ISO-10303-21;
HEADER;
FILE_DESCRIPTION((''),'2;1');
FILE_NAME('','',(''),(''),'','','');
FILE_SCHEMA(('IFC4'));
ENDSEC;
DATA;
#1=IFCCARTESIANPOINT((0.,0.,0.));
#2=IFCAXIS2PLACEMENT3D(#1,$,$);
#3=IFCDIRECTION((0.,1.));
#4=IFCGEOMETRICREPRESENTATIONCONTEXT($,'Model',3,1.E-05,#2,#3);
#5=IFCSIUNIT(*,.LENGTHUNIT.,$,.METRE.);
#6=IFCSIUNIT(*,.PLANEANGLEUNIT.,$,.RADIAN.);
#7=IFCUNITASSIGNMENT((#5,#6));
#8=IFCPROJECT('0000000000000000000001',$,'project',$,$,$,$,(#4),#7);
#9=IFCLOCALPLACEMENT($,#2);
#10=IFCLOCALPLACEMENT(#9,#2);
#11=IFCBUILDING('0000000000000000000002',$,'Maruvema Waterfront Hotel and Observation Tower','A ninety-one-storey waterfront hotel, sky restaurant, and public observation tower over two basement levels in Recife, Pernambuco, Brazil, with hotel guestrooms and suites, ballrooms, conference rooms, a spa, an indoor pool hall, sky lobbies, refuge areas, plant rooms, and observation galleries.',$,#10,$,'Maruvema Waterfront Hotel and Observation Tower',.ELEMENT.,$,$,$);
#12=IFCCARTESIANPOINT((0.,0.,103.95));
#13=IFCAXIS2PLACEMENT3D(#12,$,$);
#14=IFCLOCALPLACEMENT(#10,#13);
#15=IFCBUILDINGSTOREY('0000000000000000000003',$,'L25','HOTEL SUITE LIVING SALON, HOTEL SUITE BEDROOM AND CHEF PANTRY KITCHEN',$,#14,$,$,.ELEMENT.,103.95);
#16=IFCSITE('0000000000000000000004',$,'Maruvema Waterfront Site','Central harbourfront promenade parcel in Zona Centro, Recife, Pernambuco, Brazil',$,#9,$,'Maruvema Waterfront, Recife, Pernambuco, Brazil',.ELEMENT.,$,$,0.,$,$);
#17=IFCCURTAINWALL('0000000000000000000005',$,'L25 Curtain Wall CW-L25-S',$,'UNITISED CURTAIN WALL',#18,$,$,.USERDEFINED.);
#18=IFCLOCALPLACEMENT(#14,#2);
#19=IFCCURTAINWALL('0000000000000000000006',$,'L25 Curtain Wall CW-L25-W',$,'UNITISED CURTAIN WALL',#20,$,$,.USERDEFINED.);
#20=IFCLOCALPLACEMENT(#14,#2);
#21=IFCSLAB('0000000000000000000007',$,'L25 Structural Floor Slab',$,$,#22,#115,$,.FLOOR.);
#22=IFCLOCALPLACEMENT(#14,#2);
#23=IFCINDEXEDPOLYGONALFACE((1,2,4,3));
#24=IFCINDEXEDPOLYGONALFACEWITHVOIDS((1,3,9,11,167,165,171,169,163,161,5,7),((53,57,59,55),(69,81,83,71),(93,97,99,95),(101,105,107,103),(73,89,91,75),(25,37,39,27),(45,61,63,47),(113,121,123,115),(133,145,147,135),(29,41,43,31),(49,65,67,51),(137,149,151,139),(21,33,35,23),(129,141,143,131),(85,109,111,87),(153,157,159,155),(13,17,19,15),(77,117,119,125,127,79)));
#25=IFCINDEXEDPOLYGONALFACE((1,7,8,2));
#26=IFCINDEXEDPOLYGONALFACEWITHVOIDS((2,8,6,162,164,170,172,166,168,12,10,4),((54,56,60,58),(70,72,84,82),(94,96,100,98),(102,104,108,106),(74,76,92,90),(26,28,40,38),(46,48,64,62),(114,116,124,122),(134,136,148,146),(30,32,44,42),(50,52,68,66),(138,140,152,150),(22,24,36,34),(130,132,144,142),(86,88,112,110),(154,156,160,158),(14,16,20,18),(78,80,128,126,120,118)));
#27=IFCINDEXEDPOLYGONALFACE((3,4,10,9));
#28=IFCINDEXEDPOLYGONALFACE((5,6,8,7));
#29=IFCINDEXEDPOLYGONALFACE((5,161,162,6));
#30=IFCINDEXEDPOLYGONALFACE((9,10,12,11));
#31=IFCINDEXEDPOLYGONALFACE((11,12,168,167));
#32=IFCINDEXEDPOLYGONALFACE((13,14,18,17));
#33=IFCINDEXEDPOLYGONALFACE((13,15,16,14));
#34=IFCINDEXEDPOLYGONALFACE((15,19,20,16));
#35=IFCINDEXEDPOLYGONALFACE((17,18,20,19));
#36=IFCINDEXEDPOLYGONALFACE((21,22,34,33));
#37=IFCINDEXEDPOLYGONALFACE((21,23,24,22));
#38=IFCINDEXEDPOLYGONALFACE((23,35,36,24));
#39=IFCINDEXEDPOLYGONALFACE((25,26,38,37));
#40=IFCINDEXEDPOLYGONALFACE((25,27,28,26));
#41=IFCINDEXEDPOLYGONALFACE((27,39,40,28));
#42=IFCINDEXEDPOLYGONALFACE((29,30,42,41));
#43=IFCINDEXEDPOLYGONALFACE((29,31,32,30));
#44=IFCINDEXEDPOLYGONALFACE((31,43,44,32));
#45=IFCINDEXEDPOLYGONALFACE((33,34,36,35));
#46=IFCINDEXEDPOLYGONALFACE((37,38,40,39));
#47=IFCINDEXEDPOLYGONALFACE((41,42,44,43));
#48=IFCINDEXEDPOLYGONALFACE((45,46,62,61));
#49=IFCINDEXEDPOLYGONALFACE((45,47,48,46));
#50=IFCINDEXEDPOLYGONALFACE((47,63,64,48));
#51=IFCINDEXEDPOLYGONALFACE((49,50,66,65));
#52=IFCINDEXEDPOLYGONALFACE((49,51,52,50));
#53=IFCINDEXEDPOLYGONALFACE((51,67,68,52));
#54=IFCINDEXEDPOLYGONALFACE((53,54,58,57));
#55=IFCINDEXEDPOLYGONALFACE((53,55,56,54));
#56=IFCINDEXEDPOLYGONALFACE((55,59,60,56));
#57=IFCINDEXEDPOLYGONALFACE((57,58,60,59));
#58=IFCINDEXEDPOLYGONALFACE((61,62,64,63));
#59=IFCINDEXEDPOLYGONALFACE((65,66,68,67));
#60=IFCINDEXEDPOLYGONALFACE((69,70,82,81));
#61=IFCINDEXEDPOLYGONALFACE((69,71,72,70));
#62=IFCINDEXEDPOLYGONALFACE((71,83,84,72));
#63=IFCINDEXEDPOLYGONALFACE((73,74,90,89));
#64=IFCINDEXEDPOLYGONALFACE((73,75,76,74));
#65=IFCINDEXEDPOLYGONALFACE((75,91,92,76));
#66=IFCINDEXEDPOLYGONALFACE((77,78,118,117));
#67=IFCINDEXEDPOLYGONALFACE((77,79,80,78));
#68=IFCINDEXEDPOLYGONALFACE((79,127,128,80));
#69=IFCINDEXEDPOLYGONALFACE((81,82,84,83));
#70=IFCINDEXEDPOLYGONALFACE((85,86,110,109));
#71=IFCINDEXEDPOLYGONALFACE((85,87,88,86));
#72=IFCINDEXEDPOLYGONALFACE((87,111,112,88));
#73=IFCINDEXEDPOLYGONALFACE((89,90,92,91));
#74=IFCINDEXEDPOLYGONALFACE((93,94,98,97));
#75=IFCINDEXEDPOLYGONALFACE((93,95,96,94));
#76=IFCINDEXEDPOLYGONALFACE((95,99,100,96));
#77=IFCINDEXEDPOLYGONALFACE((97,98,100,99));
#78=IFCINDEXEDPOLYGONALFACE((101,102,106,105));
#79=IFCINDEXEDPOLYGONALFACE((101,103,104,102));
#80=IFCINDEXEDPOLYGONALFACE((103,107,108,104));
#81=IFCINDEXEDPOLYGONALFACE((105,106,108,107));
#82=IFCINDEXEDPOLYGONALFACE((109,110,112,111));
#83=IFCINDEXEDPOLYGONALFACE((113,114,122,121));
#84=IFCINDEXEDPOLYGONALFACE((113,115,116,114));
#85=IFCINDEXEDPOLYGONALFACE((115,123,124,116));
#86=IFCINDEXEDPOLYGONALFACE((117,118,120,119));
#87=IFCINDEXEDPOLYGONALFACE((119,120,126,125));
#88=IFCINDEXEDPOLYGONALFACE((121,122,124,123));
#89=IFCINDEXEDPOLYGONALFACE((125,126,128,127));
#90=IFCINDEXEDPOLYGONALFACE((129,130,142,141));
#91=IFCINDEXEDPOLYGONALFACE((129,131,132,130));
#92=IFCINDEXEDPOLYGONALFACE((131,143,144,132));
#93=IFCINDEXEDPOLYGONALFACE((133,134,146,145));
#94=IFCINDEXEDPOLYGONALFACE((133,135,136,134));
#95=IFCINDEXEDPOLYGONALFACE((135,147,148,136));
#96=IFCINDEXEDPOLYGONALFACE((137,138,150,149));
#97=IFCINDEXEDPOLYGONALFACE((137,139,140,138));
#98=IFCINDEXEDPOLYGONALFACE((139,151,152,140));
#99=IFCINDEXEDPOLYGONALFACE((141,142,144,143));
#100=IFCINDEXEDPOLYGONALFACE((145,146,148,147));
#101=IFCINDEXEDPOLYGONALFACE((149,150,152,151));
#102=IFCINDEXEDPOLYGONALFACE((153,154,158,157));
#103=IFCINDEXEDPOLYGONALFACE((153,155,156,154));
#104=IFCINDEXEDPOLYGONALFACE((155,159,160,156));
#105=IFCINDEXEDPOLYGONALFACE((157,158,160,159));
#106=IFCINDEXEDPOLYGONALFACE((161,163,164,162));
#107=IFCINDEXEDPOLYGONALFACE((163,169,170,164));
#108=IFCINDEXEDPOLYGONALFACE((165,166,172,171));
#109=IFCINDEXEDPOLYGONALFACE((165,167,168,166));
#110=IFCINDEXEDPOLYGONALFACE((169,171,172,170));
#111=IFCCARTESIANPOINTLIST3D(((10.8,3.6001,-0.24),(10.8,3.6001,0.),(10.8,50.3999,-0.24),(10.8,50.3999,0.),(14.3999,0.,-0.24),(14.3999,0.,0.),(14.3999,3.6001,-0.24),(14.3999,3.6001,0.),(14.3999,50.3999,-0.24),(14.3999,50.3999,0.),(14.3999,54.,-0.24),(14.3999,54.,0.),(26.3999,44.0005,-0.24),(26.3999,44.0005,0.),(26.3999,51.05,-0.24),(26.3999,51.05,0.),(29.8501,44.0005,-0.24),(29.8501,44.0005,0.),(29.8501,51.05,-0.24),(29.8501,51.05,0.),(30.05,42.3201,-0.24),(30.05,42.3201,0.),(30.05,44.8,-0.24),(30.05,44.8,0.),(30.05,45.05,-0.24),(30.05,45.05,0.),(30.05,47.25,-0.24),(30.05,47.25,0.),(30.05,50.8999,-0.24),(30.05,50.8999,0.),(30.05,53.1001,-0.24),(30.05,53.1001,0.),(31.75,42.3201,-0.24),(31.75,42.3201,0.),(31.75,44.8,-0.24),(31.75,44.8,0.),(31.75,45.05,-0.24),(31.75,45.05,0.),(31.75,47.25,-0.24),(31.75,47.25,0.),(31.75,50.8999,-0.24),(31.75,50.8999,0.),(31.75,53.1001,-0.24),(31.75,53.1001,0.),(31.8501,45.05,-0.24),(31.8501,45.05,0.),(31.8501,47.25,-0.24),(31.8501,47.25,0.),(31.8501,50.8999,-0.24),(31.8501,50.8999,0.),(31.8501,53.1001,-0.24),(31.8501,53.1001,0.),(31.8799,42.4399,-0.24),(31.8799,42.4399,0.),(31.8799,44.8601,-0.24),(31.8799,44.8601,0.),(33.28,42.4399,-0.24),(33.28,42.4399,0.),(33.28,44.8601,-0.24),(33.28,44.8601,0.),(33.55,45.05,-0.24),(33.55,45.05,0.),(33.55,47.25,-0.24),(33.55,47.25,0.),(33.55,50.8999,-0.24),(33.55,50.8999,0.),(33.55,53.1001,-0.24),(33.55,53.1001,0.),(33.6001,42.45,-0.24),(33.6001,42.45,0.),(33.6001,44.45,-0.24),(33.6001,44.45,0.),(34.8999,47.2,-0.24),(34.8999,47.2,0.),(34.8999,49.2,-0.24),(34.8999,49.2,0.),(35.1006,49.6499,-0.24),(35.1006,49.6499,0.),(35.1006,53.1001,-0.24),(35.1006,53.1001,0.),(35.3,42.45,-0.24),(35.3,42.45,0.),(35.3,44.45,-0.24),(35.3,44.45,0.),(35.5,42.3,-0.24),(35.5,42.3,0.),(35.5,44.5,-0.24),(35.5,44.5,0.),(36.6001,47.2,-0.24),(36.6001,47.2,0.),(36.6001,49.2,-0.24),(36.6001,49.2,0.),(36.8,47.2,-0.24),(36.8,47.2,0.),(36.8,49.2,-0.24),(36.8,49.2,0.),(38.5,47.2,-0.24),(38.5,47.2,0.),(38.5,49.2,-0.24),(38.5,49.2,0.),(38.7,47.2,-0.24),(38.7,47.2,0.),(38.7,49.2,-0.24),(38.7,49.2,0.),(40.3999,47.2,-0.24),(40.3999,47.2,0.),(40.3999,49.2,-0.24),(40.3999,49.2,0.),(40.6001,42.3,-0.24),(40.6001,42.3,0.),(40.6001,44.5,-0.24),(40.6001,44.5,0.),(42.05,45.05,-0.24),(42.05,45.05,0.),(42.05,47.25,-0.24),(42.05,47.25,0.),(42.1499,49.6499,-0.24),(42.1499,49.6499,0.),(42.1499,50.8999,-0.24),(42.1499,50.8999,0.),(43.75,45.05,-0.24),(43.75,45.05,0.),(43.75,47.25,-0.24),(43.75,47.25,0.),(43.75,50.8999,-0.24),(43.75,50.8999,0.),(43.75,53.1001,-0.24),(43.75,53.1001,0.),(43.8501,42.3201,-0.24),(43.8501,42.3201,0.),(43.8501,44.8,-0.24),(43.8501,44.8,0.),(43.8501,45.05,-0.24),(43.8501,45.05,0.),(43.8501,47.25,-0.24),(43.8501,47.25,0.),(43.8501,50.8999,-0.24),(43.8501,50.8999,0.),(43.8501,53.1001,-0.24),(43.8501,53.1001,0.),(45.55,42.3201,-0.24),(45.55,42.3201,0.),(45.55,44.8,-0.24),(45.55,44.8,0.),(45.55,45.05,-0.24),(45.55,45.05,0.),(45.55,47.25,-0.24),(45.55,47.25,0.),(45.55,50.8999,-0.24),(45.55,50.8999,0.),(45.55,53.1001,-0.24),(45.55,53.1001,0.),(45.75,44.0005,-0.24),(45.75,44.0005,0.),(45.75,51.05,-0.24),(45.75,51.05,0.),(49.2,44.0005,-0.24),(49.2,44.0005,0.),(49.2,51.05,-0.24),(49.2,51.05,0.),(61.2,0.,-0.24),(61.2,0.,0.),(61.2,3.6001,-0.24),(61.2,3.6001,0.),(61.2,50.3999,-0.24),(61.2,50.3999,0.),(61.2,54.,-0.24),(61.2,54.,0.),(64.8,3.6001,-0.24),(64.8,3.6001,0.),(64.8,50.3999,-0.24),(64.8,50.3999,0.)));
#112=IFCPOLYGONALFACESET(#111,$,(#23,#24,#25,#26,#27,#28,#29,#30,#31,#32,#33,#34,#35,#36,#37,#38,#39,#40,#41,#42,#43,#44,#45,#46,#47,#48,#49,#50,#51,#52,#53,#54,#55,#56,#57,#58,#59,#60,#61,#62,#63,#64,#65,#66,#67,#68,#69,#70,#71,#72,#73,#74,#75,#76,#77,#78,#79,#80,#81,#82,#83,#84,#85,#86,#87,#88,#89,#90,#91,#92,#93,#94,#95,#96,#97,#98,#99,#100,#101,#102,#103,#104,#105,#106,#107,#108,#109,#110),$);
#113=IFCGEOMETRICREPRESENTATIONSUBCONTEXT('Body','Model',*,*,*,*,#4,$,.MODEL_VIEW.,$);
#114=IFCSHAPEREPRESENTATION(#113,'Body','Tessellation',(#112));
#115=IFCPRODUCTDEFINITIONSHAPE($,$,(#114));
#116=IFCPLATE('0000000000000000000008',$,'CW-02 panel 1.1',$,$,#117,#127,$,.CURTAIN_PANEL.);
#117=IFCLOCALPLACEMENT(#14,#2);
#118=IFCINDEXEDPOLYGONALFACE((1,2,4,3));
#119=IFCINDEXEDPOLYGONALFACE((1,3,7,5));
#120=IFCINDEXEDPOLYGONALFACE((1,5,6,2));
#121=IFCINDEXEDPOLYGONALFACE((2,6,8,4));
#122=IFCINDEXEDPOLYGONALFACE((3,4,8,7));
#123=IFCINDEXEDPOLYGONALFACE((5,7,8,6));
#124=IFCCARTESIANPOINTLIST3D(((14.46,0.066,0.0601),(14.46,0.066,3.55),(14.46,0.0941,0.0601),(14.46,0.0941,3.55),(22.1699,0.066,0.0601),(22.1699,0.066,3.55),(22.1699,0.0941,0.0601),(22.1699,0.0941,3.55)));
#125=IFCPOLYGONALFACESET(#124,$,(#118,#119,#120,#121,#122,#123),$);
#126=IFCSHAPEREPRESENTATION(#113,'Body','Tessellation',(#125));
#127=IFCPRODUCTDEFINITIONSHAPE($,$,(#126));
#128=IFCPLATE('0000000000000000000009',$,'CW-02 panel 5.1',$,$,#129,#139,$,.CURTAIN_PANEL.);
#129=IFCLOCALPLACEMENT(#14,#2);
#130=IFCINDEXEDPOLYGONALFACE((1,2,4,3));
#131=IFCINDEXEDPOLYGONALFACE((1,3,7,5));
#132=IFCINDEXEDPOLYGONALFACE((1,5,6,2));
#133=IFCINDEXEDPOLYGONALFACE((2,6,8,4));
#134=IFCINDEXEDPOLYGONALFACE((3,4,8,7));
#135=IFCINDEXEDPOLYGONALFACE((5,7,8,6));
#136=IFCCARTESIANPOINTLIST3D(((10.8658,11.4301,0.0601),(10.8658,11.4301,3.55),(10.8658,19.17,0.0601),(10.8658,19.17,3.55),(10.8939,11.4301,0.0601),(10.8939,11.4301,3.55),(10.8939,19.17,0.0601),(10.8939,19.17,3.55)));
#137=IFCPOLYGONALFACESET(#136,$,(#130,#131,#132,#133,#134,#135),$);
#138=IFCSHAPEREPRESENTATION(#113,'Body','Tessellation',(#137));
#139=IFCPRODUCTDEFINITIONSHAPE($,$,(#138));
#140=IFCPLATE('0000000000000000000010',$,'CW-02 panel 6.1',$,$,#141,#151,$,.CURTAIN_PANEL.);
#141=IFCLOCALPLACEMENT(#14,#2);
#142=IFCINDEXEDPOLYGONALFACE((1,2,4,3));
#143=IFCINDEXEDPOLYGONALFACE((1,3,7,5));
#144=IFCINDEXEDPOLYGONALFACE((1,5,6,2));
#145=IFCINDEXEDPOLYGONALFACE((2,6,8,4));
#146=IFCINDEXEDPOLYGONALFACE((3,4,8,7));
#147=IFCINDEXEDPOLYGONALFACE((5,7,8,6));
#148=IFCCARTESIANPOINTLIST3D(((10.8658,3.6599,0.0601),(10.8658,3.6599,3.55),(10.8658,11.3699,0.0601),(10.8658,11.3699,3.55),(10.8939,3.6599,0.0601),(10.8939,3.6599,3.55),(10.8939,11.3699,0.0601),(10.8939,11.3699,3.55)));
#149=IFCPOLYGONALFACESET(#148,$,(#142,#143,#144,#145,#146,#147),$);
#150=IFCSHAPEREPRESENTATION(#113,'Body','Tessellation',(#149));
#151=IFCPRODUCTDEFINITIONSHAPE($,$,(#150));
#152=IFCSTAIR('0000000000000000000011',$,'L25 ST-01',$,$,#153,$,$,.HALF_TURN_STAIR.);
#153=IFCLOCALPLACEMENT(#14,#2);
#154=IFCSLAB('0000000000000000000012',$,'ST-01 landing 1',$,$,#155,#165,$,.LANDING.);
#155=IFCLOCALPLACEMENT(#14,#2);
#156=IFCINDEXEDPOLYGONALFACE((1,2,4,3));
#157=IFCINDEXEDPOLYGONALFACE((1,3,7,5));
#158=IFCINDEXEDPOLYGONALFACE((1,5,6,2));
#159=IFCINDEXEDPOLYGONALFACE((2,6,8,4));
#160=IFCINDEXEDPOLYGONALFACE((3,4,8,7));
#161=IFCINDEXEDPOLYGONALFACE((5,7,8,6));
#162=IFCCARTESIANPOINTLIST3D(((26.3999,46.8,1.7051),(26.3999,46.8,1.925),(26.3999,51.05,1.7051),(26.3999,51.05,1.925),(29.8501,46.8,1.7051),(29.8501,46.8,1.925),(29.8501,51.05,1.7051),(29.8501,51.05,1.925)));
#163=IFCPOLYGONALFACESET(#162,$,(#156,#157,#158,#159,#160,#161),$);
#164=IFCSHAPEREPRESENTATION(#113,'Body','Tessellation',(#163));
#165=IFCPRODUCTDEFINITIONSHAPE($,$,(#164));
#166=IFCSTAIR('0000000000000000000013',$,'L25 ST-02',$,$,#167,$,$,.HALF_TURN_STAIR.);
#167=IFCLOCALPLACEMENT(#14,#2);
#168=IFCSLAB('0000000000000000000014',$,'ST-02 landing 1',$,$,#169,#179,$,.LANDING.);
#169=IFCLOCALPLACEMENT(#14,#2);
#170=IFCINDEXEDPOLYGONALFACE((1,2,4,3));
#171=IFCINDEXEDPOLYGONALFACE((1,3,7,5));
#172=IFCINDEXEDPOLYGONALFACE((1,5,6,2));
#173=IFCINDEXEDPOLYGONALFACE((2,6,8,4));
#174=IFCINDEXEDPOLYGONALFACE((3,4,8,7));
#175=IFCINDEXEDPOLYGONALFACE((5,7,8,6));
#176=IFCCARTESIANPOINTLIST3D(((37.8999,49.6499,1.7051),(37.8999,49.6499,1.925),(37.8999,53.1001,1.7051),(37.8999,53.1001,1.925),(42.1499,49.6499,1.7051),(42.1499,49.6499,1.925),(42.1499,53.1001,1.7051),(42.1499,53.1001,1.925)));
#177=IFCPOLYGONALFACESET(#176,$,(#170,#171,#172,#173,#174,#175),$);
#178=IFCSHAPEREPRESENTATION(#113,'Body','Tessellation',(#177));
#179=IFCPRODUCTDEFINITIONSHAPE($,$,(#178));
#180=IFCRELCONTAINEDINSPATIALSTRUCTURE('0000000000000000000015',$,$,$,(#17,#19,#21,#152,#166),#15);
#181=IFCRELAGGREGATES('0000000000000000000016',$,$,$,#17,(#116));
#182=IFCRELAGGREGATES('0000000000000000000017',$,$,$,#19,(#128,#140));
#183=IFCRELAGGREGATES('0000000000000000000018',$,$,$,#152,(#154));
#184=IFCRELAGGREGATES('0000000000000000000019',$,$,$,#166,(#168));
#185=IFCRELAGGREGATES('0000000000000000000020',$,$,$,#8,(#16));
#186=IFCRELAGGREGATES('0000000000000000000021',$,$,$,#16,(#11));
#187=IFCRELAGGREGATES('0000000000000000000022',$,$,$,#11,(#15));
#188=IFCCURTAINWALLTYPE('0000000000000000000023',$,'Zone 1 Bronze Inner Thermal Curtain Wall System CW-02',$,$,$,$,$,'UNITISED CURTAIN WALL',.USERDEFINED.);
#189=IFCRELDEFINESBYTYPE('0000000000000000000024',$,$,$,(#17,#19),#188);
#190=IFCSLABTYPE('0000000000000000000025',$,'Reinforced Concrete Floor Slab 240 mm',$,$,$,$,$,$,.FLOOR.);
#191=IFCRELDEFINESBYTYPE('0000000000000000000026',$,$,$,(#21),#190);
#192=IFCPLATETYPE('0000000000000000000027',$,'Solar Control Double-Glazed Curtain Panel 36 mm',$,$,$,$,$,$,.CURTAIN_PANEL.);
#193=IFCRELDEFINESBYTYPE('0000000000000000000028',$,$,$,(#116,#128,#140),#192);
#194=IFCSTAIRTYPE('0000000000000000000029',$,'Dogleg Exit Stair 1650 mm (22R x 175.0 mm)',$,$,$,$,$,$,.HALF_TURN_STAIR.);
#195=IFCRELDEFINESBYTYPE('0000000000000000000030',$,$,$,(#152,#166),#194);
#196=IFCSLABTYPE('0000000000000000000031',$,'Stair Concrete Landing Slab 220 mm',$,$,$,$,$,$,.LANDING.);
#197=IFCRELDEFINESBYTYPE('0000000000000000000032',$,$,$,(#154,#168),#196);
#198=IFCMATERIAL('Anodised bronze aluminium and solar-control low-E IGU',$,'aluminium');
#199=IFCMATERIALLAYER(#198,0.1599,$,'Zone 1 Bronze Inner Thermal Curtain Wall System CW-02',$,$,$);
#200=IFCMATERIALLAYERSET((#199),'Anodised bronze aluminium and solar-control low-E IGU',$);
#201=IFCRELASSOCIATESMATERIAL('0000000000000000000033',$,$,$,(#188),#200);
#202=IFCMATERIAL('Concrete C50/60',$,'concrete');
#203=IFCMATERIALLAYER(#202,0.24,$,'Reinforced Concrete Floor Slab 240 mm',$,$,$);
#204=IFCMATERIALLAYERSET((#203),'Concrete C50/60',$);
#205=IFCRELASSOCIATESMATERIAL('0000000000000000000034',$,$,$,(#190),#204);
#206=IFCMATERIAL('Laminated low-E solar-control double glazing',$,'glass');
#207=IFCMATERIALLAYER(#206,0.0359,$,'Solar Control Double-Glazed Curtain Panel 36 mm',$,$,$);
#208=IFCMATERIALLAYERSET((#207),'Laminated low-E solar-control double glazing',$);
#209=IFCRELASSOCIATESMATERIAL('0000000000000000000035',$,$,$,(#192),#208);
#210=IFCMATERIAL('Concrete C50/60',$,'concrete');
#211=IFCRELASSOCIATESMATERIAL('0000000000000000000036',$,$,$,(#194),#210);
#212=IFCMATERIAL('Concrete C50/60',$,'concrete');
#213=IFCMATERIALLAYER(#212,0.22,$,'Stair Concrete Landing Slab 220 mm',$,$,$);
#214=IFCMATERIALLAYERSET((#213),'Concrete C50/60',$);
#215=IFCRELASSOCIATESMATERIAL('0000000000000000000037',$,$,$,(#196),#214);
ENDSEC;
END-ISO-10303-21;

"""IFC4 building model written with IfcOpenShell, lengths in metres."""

from ifc_helpers import new_model, si_unit, direction, frame, origin, origin_2d, place, context, subcontext, project, spatial, polyline, rectangle, outline, extrude, material, layer, layer_set, type_object, element, aggregate, save


model = new_model("IFC4")

# Units and contexts
model_context = context("Model", 3, precision=1e-05, world=origin(), true_north=direction((0.0, 1.0)))
body_context = subcontext(model_context, "Body", "Model", "MODEL_VIEW")
ifc_project = project(units=[si_unit("LENGTHUNIT", "METRE"), si_unit("PLANEANGLEUNIT", "RADIAN")], contexts=[model_context])

# Site, building, storey
site_placement = place(None, origin())
site = spatial("IfcSite", under=ifc_project, at=site_placement, Name="Maruvema Waterfront Site", Description="Central harbourfront promenade parcel in Zona Centro, Recife, Pernambuco, Brazil", LongName="Maruvema Waterfront, Recife, Pernambuco, Brazil", CompositionType="ELEMENT", RefElevation=0.0)
building_placement = place(site_placement, origin())
building = spatial("IfcBuilding", under=site, at=building_placement, Name="Maruvema Waterfront Hotel and Observation Tower", Description="A ninety-one-storey waterfront hotel, sky restaurant, and public observation tower over two basement levels in Recife, Pernambuco, Brazil, with hotel guestrooms and suites, ballrooms, conference rooms, a spa, an indoor pool hall, sky lobbies, refuge areas, plant rooms, and observation galleries.", LongName="Maruvema Waterfront Hotel and Observation Tower", CompositionType="ELEMENT")
storey_placement = place(building_placement, frame((0.0, 0.0, 103.95)))
storey = spatial("IfcBuildingStorey", under=building, at=storey_placement, Name="L25", Description="HOTEL SUITE LIVING SALON, HOTEL SUITE BEDROOM AND CHEF PANTRY KITCHEN", CompositionType="ELEMENT", Elevation=103.95)

# Curtain walls
ifc_material_1 = material(Name="Anodised bronze aluminium and solar-control low-E IGU", Category="aluminium")
ifc_layer_1 = layer(ifc_material_1, 0.1599, Name="Zone 1 Bronze Inner Thermal Curtain Wall System CW-02")
ifc_layer_set_1 = layer_set([ifc_layer_1], Name="Anodised bronze aluminium and solar-control low-E IGU")
curtain_wall_type = type_object("IfcCurtainWallType", Name="Zone 1 Bronze Inner Thermal Curtain Wall System CW-02", ElementType="UNITISED CURTAIN WALL", PredefinedType="USERDEFINED", material=ifc_layer_set_1)
curtain_wall_1_placement = place(storey_placement, origin())
curtain_wall_1 = element("IfcCurtainWall", 1, at=curtain_wall_1_placement, inside=storey, type_object=curtain_wall_type, Name="L25 Curtain Wall CW-L25-S", ObjectType="UNITISED CURTAIN WALL", PredefinedType="USERDEFINED")
curtain_wall_2_placement = place(storey_placement, origin())
curtain_wall_2 = element("IfcCurtainWall", 2, at=curtain_wall_2_placement, inside=storey, type_object=curtain_wall_type, Name="L25 Curtain Wall CW-L25-W", ObjectType="UNITISED CURTAIN WALL", PredefinedType="USERDEFINED")

# Slab
ifc_material_2 = material(Name="Concrete C50/60", Category="concrete")
ifc_layer_2 = layer(ifc_material_2, 0.24, Name="Reinforced Concrete Floor Slab 240 mm")
ifc_layer_set_2 = layer_set([ifc_layer_2], Name="Concrete C50/60")
slab_type_1 = type_object("IfcSlabType", Name="Reinforced Concrete Floor Slab 240 mm", PredefinedType="FLOOR", material=ifc_layer_set_2)
slab_1_placement = place(storey_placement, frame((0.0, 0.0, -0.24)))
element("IfcSlab", 3, at=slab_1_placement, inside=storey, type_object=slab_type_1, Name="L25 Structural Floor Slab", PredefinedType="FLOOR", context=body_context, shape_type="SweptSolid", body=[
    extrude(outline(polyline([(14.3999, 0.0), (61.2, 0.0), (61.2, 3.6001), (64.8, 3.6001), (64.8, 50.3999), (61.2, 50.3999), (61.2, 54.0), (14.3999, 54.0), (14.3999, 50.3999), (10.8, 50.3999), (10.8, 3.6001), (14.3999, 3.6001), (14.3999, 0.0)]), holes=[polyline([(26.3999, 44.0005), (26.3999, 51.05), (29.8501, 51.05), (29.8501, 44.0005), (26.3999, 44.0005)]), polyline([(30.05, 44.8), (31.75, 44.8), (31.75, 42.3201), (30.05, 42.3201), (30.05, 44.8)]), polyline([(31.75, 47.25), (31.75, 45.05), (30.05, 45.05), (30.05, 47.25), (31.75, 47.25)]), polyline([(31.75, 53.1001), (31.75, 50.8999), (30.05, 50.8999), (30.05, 53.1001), (31.75, 53.1001)]), polyline([(33.28, 44.8601), (33.28, 42.4399), (31.8799, 42.4399), (31.8799, 44.8601), (33.28, 44.8601)]), polyline([(31.8501, 47.25), (33.55, 47.25), (33.55, 45.05), (31.8501, 45.05), (31.8501, 47.25)]), polyline([(31.8501, 53.1001), (33.55, 53.1001), (33.55, 50.8999), (31.8501, 50.8999), (31.8501, 53.1001)]), polyline([(33.6001, 44.45), (35.3, 44.45), (35.3, 42.45), (33.6001, 42.45), (33.6001, 44.45)]), polyline([(34.8999, 49.2), (36.6001, 49.2), (36.6001, 47.2), (34.8999, 47.2), (34.8999, 49.2)]), polyline([(38.5, 49.2), (38.5, 47.2), (36.8, 47.2), (36.8, 49.2), (38.5, 49.2)]), polyline([(35.5, 44.5), (40.6001, 44.5), (40.6001, 42.3), (35.5, 42.3), (35.5, 44.5)]), polyline([(43.75, 50.8999), (42.1499, 50.8999), (42.1499, 49.6499), (35.1006, 49.6499), (35.1006, 53.1001), (43.75, 53.1001), (43.75, 50.8999)]), polyline([(40.3999, 49.2), (40.3999, 47.2), (38.7, 47.2), (38.7, 49.2), (40.3999, 49.2)]), polyline([(43.75, 47.25), (43.75, 45.05), (42.05, 45.05), (42.05, 47.25), (43.75, 47.25)]), polyline([(45.55, 44.8), (45.55, 42.3201), (43.8501, 42.3201), (43.8501, 44.8), (45.55, 44.8)]), polyline([(43.8501, 47.25), (45.55, 47.25), (45.55, 45.05), (43.8501, 45.05), (43.8501, 47.25)]), polyline([(45.55, 53.1001), (45.55, 50.8999), (43.8501, 50.8999), (43.8501, 53.1001), (45.55, 53.1001)]), polyline([(45.75, 51.05), (49.2, 51.05), (49.2, 44.0005), (45.75, 44.0005), (45.75, 51.05)])]), origin(), (0.0, 0.0, 1.0), 0.24),
])

# Plates
ifc_material_3 = material(Name="Laminated low-E solar-control double glazing", Category="glass")
ifc_layer_3 = layer(ifc_material_3, 0.0359, Name="Solar Control Double-Glazed Curtain Panel 36 mm")
ifc_layer_set_3 = layer_set([ifc_layer_3], Name="Laminated low-E solar-control double glazing")
plate_type = type_object("IfcPlateType", Name="Solar Control Double-Glazed Curtain Panel 36 mm", PredefinedType="CURTAIN_PANEL", material=ifc_layer_set_3)
plate_1_placement = place(storey_placement, frame((18.3149, 0.0801, 0.0601), z_axis=(0.0, 0.0, 1.0), x_axis=(1.0, 0.0, 0.0)))
plate_1 = element("IfcPlate", 4, at=plate_1_placement, type_object=plate_type, Name="CW-02 panel 1.1", PredefinedType="CURTAIN_PANEL", context=body_context, shape_type="SweptSolid", body=[
    extrude(rectangle(XDim=7.71, YDim=0.0281, at=origin_2d()), origin(), (0.0, 0.0, 1.0), 3.49),
])
aggregate(curtain_wall_1, [plate_1])
plate_2_placement = place(storey_placement, frame((10.8799, 15.3, 0.0601), z_axis=(0.0, 0.0, 1.0), x_axis=(0.0, -1.0, 0.0)))
plate_2 = element("IfcPlate", 5, at=plate_2_placement, type_object=plate_type, Name="CW-02 panel 5.1", PredefinedType="CURTAIN_PANEL", context=body_context, shape_type="SweptSolid", body=[
    extrude(rectangle(XDim=7.74, YDim=0.0281, at=origin_2d()), origin(), (0.0, 0.0, 1.0), 3.49),
])
plate_3_placement = place(storey_placement, frame((10.8799, 7.5149, 0.0601), z_axis=(0.0, 0.0, 1.0), x_axis=(0.0, -1.0, 0.0)))
plate_3 = element("IfcPlate", 6, at=plate_3_placement, type_object=plate_type, Name="CW-02 panel 6.1", PredefinedType="CURTAIN_PANEL", context=body_context, shape_type="SweptSolid", body=[
    extrude(rectangle(XDim=7.71, YDim=0.0281, at=origin_2d()), origin(), (0.0, 0.0, 1.0), 3.49),
])
aggregate(curtain_wall_2, [plate_2, plate_3])

# Stairs, slabs
ifc_material_4 = material(Name="Concrete C50/60", Category="concrete")
stair_type = type_object("IfcStairType", Name="Dogleg Exit Stair 1650 mm (22R x 175.0 mm)", PredefinedType="HALF_TURN_STAIR", material=ifc_material_4)
stair_1_placement = place(storey_placement, origin())
stair_1 = element("IfcStair", 7, at=stair_1_placement, inside=storey, type_object=stair_type, Name="L25 ST-01", PredefinedType="HALF_TURN_STAIR")
ifc_material_5 = material(Name="Concrete C50/60", Category="concrete")
ifc_layer_4 = layer(ifc_material_5, 0.22, Name="Stair Concrete Landing Slab 220 mm")
ifc_layer_set_4 = layer_set([ifc_layer_4], Name="Concrete C50/60")
slab_type_2 = type_object("IfcSlabType", Name="Stair Concrete Landing Slab 220 mm", PredefinedType="LANDING", material=ifc_layer_set_4)
slab_2_placement = place(storey_placement, frame((0.0, 0.0, 1.7051)))
slab_2 = element("IfcSlab", 8, at=slab_2_placement, type_object=slab_type_2, Name="ST-01 landing 1", PredefinedType="LANDING", context=body_context, shape_type="SweptSolid", body=[
    extrude(outline(polyline([(29.8501, 46.8), (29.8501, 51.05), (26.3999, 51.05), (26.3999, 46.8), (29.8501, 46.8)])), origin(), (0.0, 0.0, 1.0), 0.22),
])
aggregate(stair_1, [slab_2])
stair_2_placement = place(storey_placement, origin())
stair_2 = element("IfcStair", 9, at=stair_2_placement, inside=storey, type_object=stair_type, Name="L25 ST-02", PredefinedType="HALF_TURN_STAIR")
slab_3_placement = place(storey_placement, frame((0.0, 0.0, 1.7051)))
slab_3 = element("IfcSlab", 10, at=slab_3_placement, type_object=slab_type_2, Name="ST-02 landing 1", PredefinedType="LANDING", context=body_context, shape_type="SweptSolid", body=[
    extrude(outline(polyline([(37.8999, 49.6499), (42.1499, 49.6499), (42.1499, 53.1001), (37.8999, 53.1001), (37.8999, 49.6499)])), origin(), (0.0, 0.0, 1.0), 0.22),
])
aggregate(stair_2, [slab_3])

save(model, "model.ifc")
